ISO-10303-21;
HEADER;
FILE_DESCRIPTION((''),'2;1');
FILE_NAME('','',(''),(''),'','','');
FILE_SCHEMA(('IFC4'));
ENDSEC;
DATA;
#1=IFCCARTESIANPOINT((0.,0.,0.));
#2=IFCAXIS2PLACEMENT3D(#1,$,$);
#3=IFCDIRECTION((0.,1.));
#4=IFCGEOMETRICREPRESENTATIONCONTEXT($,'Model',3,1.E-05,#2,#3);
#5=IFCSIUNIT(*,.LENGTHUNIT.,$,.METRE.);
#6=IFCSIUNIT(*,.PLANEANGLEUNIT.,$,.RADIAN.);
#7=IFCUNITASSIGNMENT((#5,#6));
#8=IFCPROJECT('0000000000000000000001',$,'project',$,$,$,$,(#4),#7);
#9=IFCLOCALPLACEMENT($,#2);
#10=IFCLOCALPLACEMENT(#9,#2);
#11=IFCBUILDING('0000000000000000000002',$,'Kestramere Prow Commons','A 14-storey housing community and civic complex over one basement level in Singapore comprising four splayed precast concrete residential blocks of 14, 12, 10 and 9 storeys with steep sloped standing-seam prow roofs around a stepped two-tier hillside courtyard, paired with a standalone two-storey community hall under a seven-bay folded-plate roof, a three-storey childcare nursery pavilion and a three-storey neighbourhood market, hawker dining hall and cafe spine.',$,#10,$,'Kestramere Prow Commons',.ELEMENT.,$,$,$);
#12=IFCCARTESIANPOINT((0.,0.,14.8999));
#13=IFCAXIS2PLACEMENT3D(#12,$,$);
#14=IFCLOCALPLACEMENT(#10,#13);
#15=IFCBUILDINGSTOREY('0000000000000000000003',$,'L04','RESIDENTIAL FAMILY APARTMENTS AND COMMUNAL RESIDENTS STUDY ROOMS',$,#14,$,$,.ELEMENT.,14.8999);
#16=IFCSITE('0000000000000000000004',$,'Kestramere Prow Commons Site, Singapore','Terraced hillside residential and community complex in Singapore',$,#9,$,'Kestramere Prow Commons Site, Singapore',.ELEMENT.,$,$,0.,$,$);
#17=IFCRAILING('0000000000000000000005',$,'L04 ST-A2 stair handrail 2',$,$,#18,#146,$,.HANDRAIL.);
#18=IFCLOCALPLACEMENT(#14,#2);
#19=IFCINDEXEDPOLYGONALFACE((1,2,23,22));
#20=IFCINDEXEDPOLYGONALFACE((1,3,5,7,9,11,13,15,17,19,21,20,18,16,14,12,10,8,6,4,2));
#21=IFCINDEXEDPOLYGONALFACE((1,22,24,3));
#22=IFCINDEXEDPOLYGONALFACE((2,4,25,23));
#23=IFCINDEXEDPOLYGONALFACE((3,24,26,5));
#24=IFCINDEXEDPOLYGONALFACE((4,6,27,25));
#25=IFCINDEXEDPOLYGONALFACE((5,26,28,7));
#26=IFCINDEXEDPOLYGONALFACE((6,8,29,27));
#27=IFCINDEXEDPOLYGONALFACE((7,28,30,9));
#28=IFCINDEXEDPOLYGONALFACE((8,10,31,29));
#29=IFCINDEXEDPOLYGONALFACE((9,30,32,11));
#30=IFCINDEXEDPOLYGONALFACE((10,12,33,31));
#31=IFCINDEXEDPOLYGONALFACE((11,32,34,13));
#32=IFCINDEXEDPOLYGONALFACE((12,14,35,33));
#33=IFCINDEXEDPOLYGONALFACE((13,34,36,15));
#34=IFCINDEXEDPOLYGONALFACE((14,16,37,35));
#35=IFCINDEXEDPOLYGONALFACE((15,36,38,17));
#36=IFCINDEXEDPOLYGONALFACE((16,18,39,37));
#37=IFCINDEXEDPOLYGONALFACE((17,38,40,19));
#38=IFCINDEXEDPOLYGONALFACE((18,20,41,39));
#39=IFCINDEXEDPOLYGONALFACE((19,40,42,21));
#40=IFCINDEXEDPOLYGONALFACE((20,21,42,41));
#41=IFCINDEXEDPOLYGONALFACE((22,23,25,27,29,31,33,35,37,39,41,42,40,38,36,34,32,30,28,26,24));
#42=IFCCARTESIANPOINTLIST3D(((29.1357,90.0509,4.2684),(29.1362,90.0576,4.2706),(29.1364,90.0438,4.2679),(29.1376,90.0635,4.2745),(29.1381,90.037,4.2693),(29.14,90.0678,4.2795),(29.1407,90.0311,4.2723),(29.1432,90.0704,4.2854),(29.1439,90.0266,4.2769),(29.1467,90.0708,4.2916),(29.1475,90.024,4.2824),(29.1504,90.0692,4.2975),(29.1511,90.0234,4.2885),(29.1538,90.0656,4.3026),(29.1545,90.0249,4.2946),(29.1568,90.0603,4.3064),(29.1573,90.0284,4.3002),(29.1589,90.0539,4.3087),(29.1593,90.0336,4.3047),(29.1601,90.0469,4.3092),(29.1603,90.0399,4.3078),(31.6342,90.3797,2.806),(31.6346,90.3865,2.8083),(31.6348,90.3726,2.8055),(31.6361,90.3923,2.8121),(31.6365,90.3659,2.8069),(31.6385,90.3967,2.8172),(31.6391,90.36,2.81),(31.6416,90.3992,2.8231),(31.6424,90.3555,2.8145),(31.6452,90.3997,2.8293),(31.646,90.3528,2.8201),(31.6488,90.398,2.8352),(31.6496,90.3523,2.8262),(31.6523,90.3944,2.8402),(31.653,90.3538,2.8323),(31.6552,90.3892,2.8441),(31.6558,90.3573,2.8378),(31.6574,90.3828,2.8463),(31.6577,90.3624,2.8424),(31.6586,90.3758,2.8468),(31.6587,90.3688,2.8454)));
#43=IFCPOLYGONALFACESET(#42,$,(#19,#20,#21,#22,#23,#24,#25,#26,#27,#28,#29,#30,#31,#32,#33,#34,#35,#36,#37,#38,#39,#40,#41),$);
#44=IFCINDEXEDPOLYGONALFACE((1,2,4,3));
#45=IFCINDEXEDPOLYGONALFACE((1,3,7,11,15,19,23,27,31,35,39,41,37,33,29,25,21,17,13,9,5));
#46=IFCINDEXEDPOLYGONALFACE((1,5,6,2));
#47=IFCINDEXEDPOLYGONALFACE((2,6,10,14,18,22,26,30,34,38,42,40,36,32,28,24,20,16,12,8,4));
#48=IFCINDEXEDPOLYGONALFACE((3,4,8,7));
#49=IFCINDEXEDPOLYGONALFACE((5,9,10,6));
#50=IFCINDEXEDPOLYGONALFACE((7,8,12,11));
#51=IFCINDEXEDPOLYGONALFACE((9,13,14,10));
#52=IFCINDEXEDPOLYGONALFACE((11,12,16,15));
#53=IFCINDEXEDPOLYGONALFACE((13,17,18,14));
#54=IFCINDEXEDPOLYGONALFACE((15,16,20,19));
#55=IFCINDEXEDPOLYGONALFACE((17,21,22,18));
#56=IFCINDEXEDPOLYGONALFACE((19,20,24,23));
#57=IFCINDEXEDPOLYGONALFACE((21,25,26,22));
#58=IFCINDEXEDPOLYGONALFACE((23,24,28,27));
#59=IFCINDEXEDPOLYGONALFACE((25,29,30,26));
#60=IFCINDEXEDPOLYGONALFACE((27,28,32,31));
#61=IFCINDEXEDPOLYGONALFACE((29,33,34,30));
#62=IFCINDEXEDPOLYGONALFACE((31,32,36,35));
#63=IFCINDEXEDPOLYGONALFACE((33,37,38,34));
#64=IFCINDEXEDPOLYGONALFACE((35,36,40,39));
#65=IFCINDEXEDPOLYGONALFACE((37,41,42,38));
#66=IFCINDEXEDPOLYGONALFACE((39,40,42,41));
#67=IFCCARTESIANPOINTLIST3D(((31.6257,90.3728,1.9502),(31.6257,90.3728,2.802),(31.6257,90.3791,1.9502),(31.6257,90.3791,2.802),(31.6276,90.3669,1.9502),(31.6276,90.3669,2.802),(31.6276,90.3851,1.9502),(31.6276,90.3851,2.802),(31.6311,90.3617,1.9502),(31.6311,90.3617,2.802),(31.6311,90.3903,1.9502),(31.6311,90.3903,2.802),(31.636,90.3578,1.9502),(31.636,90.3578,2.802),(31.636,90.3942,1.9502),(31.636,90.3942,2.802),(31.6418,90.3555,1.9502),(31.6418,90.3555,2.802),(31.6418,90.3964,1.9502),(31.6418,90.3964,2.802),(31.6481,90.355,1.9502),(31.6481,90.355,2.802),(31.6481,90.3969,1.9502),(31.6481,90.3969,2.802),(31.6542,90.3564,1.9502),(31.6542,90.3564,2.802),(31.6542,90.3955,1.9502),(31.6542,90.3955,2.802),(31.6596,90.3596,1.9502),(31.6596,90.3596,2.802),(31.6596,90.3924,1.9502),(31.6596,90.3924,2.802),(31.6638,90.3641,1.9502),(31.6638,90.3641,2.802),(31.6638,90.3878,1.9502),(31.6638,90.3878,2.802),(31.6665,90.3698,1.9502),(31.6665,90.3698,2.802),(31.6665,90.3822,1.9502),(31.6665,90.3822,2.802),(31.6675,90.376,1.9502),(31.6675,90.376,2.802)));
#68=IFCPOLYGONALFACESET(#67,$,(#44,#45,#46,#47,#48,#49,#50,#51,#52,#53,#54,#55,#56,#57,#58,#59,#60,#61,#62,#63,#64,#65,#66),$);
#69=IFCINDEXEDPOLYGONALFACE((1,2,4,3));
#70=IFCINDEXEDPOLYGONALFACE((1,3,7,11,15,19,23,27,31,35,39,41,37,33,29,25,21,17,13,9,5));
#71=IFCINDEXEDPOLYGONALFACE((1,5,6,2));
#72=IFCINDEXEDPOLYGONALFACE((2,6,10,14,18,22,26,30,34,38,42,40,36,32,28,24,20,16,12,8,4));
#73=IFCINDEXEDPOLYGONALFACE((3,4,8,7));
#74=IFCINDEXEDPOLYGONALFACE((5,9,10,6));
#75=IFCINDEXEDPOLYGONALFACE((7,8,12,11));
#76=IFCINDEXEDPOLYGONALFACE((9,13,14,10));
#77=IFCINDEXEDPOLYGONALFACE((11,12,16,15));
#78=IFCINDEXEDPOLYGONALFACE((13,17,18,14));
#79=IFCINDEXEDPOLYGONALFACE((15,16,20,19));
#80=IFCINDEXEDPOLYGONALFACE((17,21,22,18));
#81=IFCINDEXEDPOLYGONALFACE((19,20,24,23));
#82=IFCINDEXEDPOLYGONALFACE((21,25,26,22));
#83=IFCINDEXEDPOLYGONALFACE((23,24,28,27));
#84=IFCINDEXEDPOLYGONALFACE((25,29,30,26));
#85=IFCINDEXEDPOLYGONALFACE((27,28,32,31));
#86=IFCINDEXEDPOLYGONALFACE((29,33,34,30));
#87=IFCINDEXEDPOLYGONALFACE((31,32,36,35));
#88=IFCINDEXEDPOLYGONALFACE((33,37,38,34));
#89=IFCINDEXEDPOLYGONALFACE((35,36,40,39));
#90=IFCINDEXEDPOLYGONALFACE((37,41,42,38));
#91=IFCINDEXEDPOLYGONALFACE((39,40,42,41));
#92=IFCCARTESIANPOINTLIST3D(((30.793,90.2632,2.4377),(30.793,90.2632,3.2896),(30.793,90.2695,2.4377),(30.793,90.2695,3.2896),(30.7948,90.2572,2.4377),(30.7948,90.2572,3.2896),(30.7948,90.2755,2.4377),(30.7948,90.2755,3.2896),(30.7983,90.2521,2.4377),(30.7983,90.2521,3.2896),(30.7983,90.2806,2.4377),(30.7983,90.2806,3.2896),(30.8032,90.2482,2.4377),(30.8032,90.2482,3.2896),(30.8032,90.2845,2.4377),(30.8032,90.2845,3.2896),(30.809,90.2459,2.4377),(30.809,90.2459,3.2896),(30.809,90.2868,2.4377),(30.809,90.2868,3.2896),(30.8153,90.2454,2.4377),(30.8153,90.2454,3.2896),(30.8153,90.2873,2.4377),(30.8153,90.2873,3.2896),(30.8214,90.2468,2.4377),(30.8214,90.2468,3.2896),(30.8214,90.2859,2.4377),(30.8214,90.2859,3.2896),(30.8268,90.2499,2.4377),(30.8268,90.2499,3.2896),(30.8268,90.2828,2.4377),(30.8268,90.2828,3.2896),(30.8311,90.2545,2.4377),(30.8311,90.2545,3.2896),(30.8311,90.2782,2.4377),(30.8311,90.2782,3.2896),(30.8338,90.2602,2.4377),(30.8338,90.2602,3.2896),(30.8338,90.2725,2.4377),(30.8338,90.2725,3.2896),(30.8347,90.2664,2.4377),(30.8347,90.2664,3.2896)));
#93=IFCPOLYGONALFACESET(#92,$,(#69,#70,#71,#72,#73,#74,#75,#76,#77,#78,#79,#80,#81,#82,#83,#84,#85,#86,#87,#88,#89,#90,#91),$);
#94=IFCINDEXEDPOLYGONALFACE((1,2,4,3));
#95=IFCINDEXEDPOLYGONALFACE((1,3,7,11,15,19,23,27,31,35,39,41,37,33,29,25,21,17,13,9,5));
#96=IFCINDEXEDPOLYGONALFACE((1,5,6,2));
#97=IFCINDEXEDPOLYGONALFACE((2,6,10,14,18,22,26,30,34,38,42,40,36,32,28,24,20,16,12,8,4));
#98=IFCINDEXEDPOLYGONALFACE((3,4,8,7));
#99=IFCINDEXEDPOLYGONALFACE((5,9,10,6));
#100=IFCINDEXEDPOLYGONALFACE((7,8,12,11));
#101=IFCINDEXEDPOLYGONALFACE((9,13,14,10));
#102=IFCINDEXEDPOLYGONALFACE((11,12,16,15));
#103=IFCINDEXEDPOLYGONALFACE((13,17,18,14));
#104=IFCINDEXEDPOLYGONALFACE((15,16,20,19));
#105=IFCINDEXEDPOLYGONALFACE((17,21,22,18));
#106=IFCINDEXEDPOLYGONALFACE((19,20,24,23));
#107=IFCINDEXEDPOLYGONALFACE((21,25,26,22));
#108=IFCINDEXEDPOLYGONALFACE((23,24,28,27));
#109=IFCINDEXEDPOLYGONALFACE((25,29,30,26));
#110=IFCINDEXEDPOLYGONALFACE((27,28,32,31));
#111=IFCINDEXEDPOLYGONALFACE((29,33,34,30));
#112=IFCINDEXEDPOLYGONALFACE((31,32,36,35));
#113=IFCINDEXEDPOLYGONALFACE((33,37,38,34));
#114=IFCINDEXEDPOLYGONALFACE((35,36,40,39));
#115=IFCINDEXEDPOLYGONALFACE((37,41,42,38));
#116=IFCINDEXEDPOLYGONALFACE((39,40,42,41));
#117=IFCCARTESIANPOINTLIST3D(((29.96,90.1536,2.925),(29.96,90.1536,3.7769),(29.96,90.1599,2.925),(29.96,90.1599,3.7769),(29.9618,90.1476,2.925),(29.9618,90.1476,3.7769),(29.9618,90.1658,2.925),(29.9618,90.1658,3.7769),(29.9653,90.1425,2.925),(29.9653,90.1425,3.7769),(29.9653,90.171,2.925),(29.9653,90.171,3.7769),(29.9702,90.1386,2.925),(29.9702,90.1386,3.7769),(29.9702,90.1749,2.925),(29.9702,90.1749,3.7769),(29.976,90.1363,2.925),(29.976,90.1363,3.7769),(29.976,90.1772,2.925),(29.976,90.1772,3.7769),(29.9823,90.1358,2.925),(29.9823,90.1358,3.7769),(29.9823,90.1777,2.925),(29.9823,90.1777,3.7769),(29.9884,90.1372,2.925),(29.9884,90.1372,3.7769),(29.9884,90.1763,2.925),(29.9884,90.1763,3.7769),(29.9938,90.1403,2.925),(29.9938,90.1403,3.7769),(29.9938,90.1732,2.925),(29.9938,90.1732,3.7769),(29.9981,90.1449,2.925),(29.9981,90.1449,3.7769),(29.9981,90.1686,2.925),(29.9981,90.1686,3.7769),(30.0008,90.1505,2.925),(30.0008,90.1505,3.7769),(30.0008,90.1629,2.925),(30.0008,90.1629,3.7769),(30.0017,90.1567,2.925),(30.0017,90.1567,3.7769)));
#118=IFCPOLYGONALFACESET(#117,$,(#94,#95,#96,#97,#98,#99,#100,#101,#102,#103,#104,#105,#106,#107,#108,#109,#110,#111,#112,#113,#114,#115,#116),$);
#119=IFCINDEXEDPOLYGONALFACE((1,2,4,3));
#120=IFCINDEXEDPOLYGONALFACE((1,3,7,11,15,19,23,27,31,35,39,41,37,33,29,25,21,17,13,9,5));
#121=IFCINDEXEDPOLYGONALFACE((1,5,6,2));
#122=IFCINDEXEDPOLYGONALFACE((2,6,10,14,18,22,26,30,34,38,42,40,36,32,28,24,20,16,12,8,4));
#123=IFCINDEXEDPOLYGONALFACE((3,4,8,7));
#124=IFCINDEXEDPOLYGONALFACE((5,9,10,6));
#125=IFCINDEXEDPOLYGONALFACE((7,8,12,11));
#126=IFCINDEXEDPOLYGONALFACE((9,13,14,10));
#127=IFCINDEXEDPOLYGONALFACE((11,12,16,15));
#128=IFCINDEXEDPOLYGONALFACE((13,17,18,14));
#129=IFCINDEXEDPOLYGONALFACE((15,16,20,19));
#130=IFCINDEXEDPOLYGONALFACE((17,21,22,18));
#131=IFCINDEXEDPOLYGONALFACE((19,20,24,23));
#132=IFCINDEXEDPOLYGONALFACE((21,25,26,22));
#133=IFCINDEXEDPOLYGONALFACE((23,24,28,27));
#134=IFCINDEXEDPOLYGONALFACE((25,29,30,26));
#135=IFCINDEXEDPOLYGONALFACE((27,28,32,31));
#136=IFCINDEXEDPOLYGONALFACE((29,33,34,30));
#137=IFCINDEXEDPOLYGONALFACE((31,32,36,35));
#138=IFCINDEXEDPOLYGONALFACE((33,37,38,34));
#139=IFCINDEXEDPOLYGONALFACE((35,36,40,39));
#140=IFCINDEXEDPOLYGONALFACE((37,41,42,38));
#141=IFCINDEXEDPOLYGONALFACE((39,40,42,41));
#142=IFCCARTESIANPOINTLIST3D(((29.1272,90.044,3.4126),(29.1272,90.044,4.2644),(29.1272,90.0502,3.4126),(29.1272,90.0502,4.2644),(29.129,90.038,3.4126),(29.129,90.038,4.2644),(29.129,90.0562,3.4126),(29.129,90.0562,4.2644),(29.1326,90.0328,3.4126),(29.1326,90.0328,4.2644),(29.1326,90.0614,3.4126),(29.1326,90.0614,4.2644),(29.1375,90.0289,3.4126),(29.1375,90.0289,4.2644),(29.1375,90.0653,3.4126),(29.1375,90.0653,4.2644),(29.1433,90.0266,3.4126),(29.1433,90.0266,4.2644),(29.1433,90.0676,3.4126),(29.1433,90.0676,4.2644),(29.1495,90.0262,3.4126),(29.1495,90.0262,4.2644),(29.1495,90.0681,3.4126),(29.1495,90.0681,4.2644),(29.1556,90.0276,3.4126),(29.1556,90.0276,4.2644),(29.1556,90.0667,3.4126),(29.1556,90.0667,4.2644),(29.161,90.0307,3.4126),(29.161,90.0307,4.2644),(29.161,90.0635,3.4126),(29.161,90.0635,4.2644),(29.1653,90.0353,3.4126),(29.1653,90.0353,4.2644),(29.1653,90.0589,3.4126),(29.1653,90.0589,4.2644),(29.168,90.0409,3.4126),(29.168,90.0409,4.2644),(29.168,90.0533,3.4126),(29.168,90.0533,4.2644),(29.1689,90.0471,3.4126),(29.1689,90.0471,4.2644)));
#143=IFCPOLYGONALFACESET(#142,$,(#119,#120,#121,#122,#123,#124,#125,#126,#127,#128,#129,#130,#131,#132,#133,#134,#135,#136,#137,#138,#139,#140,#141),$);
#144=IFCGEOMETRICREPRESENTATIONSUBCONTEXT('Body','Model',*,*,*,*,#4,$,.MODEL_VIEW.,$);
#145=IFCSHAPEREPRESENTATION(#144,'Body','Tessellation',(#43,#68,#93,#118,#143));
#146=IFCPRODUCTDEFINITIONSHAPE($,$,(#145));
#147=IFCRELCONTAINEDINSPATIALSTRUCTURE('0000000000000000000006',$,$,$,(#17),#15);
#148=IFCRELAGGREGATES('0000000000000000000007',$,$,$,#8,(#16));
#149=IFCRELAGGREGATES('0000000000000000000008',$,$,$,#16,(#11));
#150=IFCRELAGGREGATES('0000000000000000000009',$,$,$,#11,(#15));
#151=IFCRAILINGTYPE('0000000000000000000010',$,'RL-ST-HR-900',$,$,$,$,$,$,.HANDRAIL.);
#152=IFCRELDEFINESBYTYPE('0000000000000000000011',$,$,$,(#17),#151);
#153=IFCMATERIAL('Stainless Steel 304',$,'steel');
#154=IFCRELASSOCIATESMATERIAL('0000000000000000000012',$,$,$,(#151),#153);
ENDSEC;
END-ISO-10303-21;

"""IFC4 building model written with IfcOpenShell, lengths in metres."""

from ifc_helpers import new_model, si_unit, direction, frame, origin, origin_2d, place, context, subcontext, project, spatial, circle, extrude, material, type_object, element, save


model = new_model("IFC4")

# Units and contexts
model_context = context("Model", 3, precision=1e-05, world=origin(), true_north=direction((0.0, 1.0)))
body_context = subcontext(model_context, "Body", "Model", "MODEL_VIEW")
ifc_project = project(units=[si_unit("LENGTHUNIT", "METRE"), si_unit("PLANEANGLEUNIT", "RADIAN")], contexts=[model_context])

# Site, building, storey
site_placement = place(None, origin())
site = spatial("IfcSite", under=ifc_project, at=site_placement, Name="Kestramere Prow Commons Site, Singapore", Description="Terraced hillside residential and community complex in Singapore", LongName="Kestramere Prow Commons Site, Singapore", CompositionType="ELEMENT", RefElevation=0.0)
building_placement = place(site_placement, origin())
building = spatial("IfcBuilding", under=site, at=building_placement, Name="Kestramere Prow Commons", Description="A 14-storey housing community and civic complex over one basement level in Singapore comprising four splayed precast concrete residential blocks of 14, 12, 10 and 9 storeys with steep sloped standing-seam prow roofs around a stepped two-tier hillside courtyard, paired with a standalone two-storey community hall under a seven-bay folded-plate roof, a three-storey childcare nursery pavilion and a three-storey neighbourhood market, hawker dining hall and cafe spine.", LongName="Kestramere Prow Commons", CompositionType="ELEMENT")
storey_placement = place(building_placement, frame((0.0, 0.0, 14.8999)))
storey = spatial("IfcBuildingStorey", under=building, at=storey_placement, Name="L04", Description="RESIDENTIAL FAMILY APARTMENTS AND COMMUNAL RESIDENTS STUDY ROOMS", CompositionType="ELEMENT", Elevation=14.8999)

# Railing
ifc_material_1 = material(Name="Stainless Steel 304", Category="steel")
railing_type_1 = type_object("IfcRailingType", Name="RL-ST-HR-900", PredefinedType="HANDRAIL", material=ifc_material_1)
railing_1_placement = place(storey_placement, frame((31.6465, 90.376, 1.9502)))
element("IfcRailing", 1, at=railing_1_placement, inside=storey, type_object=railing_type_1, Name="L04 ST-A2 stair handrail 2", PredefinedType="HANDRAIL", context=body_context, shape_type="SweptSolid", body=[
    extrude(circle(Radius=0.0239, at=origin_2d()), frame((0.0, 0.0, 0.876), z_axis=(-0.857523, -0.112867, 0.501912), x_axis=(0.130495, -0.991449, 0.0)), (0.0, 0.0, 1.0), 2.9136),
    extrude(circle(Radius=0.021, at=origin_2d()), origin(), (0.0, 0.0, 1.0), 0.8518),
    extrude(circle(Radius=0.021, at=origin_2d()), frame((-0.8328, -0.1096, 0.4875)), (0.0, 0.0, 1.0), 0.8518),
    extrude(circle(Radius=0.021, at=origin_2d()), frame((-1.6658, -0.2192, 0.9749)), (0.0, 0.0, 1.0), 0.8518),
    extrude(circle(Radius=0.021, at=origin_2d()), frame((-2.4985, -0.3289, 1.4624)), (0.0, 0.0, 1.0), 0.8518),
])

save(model, "model.ifc")
